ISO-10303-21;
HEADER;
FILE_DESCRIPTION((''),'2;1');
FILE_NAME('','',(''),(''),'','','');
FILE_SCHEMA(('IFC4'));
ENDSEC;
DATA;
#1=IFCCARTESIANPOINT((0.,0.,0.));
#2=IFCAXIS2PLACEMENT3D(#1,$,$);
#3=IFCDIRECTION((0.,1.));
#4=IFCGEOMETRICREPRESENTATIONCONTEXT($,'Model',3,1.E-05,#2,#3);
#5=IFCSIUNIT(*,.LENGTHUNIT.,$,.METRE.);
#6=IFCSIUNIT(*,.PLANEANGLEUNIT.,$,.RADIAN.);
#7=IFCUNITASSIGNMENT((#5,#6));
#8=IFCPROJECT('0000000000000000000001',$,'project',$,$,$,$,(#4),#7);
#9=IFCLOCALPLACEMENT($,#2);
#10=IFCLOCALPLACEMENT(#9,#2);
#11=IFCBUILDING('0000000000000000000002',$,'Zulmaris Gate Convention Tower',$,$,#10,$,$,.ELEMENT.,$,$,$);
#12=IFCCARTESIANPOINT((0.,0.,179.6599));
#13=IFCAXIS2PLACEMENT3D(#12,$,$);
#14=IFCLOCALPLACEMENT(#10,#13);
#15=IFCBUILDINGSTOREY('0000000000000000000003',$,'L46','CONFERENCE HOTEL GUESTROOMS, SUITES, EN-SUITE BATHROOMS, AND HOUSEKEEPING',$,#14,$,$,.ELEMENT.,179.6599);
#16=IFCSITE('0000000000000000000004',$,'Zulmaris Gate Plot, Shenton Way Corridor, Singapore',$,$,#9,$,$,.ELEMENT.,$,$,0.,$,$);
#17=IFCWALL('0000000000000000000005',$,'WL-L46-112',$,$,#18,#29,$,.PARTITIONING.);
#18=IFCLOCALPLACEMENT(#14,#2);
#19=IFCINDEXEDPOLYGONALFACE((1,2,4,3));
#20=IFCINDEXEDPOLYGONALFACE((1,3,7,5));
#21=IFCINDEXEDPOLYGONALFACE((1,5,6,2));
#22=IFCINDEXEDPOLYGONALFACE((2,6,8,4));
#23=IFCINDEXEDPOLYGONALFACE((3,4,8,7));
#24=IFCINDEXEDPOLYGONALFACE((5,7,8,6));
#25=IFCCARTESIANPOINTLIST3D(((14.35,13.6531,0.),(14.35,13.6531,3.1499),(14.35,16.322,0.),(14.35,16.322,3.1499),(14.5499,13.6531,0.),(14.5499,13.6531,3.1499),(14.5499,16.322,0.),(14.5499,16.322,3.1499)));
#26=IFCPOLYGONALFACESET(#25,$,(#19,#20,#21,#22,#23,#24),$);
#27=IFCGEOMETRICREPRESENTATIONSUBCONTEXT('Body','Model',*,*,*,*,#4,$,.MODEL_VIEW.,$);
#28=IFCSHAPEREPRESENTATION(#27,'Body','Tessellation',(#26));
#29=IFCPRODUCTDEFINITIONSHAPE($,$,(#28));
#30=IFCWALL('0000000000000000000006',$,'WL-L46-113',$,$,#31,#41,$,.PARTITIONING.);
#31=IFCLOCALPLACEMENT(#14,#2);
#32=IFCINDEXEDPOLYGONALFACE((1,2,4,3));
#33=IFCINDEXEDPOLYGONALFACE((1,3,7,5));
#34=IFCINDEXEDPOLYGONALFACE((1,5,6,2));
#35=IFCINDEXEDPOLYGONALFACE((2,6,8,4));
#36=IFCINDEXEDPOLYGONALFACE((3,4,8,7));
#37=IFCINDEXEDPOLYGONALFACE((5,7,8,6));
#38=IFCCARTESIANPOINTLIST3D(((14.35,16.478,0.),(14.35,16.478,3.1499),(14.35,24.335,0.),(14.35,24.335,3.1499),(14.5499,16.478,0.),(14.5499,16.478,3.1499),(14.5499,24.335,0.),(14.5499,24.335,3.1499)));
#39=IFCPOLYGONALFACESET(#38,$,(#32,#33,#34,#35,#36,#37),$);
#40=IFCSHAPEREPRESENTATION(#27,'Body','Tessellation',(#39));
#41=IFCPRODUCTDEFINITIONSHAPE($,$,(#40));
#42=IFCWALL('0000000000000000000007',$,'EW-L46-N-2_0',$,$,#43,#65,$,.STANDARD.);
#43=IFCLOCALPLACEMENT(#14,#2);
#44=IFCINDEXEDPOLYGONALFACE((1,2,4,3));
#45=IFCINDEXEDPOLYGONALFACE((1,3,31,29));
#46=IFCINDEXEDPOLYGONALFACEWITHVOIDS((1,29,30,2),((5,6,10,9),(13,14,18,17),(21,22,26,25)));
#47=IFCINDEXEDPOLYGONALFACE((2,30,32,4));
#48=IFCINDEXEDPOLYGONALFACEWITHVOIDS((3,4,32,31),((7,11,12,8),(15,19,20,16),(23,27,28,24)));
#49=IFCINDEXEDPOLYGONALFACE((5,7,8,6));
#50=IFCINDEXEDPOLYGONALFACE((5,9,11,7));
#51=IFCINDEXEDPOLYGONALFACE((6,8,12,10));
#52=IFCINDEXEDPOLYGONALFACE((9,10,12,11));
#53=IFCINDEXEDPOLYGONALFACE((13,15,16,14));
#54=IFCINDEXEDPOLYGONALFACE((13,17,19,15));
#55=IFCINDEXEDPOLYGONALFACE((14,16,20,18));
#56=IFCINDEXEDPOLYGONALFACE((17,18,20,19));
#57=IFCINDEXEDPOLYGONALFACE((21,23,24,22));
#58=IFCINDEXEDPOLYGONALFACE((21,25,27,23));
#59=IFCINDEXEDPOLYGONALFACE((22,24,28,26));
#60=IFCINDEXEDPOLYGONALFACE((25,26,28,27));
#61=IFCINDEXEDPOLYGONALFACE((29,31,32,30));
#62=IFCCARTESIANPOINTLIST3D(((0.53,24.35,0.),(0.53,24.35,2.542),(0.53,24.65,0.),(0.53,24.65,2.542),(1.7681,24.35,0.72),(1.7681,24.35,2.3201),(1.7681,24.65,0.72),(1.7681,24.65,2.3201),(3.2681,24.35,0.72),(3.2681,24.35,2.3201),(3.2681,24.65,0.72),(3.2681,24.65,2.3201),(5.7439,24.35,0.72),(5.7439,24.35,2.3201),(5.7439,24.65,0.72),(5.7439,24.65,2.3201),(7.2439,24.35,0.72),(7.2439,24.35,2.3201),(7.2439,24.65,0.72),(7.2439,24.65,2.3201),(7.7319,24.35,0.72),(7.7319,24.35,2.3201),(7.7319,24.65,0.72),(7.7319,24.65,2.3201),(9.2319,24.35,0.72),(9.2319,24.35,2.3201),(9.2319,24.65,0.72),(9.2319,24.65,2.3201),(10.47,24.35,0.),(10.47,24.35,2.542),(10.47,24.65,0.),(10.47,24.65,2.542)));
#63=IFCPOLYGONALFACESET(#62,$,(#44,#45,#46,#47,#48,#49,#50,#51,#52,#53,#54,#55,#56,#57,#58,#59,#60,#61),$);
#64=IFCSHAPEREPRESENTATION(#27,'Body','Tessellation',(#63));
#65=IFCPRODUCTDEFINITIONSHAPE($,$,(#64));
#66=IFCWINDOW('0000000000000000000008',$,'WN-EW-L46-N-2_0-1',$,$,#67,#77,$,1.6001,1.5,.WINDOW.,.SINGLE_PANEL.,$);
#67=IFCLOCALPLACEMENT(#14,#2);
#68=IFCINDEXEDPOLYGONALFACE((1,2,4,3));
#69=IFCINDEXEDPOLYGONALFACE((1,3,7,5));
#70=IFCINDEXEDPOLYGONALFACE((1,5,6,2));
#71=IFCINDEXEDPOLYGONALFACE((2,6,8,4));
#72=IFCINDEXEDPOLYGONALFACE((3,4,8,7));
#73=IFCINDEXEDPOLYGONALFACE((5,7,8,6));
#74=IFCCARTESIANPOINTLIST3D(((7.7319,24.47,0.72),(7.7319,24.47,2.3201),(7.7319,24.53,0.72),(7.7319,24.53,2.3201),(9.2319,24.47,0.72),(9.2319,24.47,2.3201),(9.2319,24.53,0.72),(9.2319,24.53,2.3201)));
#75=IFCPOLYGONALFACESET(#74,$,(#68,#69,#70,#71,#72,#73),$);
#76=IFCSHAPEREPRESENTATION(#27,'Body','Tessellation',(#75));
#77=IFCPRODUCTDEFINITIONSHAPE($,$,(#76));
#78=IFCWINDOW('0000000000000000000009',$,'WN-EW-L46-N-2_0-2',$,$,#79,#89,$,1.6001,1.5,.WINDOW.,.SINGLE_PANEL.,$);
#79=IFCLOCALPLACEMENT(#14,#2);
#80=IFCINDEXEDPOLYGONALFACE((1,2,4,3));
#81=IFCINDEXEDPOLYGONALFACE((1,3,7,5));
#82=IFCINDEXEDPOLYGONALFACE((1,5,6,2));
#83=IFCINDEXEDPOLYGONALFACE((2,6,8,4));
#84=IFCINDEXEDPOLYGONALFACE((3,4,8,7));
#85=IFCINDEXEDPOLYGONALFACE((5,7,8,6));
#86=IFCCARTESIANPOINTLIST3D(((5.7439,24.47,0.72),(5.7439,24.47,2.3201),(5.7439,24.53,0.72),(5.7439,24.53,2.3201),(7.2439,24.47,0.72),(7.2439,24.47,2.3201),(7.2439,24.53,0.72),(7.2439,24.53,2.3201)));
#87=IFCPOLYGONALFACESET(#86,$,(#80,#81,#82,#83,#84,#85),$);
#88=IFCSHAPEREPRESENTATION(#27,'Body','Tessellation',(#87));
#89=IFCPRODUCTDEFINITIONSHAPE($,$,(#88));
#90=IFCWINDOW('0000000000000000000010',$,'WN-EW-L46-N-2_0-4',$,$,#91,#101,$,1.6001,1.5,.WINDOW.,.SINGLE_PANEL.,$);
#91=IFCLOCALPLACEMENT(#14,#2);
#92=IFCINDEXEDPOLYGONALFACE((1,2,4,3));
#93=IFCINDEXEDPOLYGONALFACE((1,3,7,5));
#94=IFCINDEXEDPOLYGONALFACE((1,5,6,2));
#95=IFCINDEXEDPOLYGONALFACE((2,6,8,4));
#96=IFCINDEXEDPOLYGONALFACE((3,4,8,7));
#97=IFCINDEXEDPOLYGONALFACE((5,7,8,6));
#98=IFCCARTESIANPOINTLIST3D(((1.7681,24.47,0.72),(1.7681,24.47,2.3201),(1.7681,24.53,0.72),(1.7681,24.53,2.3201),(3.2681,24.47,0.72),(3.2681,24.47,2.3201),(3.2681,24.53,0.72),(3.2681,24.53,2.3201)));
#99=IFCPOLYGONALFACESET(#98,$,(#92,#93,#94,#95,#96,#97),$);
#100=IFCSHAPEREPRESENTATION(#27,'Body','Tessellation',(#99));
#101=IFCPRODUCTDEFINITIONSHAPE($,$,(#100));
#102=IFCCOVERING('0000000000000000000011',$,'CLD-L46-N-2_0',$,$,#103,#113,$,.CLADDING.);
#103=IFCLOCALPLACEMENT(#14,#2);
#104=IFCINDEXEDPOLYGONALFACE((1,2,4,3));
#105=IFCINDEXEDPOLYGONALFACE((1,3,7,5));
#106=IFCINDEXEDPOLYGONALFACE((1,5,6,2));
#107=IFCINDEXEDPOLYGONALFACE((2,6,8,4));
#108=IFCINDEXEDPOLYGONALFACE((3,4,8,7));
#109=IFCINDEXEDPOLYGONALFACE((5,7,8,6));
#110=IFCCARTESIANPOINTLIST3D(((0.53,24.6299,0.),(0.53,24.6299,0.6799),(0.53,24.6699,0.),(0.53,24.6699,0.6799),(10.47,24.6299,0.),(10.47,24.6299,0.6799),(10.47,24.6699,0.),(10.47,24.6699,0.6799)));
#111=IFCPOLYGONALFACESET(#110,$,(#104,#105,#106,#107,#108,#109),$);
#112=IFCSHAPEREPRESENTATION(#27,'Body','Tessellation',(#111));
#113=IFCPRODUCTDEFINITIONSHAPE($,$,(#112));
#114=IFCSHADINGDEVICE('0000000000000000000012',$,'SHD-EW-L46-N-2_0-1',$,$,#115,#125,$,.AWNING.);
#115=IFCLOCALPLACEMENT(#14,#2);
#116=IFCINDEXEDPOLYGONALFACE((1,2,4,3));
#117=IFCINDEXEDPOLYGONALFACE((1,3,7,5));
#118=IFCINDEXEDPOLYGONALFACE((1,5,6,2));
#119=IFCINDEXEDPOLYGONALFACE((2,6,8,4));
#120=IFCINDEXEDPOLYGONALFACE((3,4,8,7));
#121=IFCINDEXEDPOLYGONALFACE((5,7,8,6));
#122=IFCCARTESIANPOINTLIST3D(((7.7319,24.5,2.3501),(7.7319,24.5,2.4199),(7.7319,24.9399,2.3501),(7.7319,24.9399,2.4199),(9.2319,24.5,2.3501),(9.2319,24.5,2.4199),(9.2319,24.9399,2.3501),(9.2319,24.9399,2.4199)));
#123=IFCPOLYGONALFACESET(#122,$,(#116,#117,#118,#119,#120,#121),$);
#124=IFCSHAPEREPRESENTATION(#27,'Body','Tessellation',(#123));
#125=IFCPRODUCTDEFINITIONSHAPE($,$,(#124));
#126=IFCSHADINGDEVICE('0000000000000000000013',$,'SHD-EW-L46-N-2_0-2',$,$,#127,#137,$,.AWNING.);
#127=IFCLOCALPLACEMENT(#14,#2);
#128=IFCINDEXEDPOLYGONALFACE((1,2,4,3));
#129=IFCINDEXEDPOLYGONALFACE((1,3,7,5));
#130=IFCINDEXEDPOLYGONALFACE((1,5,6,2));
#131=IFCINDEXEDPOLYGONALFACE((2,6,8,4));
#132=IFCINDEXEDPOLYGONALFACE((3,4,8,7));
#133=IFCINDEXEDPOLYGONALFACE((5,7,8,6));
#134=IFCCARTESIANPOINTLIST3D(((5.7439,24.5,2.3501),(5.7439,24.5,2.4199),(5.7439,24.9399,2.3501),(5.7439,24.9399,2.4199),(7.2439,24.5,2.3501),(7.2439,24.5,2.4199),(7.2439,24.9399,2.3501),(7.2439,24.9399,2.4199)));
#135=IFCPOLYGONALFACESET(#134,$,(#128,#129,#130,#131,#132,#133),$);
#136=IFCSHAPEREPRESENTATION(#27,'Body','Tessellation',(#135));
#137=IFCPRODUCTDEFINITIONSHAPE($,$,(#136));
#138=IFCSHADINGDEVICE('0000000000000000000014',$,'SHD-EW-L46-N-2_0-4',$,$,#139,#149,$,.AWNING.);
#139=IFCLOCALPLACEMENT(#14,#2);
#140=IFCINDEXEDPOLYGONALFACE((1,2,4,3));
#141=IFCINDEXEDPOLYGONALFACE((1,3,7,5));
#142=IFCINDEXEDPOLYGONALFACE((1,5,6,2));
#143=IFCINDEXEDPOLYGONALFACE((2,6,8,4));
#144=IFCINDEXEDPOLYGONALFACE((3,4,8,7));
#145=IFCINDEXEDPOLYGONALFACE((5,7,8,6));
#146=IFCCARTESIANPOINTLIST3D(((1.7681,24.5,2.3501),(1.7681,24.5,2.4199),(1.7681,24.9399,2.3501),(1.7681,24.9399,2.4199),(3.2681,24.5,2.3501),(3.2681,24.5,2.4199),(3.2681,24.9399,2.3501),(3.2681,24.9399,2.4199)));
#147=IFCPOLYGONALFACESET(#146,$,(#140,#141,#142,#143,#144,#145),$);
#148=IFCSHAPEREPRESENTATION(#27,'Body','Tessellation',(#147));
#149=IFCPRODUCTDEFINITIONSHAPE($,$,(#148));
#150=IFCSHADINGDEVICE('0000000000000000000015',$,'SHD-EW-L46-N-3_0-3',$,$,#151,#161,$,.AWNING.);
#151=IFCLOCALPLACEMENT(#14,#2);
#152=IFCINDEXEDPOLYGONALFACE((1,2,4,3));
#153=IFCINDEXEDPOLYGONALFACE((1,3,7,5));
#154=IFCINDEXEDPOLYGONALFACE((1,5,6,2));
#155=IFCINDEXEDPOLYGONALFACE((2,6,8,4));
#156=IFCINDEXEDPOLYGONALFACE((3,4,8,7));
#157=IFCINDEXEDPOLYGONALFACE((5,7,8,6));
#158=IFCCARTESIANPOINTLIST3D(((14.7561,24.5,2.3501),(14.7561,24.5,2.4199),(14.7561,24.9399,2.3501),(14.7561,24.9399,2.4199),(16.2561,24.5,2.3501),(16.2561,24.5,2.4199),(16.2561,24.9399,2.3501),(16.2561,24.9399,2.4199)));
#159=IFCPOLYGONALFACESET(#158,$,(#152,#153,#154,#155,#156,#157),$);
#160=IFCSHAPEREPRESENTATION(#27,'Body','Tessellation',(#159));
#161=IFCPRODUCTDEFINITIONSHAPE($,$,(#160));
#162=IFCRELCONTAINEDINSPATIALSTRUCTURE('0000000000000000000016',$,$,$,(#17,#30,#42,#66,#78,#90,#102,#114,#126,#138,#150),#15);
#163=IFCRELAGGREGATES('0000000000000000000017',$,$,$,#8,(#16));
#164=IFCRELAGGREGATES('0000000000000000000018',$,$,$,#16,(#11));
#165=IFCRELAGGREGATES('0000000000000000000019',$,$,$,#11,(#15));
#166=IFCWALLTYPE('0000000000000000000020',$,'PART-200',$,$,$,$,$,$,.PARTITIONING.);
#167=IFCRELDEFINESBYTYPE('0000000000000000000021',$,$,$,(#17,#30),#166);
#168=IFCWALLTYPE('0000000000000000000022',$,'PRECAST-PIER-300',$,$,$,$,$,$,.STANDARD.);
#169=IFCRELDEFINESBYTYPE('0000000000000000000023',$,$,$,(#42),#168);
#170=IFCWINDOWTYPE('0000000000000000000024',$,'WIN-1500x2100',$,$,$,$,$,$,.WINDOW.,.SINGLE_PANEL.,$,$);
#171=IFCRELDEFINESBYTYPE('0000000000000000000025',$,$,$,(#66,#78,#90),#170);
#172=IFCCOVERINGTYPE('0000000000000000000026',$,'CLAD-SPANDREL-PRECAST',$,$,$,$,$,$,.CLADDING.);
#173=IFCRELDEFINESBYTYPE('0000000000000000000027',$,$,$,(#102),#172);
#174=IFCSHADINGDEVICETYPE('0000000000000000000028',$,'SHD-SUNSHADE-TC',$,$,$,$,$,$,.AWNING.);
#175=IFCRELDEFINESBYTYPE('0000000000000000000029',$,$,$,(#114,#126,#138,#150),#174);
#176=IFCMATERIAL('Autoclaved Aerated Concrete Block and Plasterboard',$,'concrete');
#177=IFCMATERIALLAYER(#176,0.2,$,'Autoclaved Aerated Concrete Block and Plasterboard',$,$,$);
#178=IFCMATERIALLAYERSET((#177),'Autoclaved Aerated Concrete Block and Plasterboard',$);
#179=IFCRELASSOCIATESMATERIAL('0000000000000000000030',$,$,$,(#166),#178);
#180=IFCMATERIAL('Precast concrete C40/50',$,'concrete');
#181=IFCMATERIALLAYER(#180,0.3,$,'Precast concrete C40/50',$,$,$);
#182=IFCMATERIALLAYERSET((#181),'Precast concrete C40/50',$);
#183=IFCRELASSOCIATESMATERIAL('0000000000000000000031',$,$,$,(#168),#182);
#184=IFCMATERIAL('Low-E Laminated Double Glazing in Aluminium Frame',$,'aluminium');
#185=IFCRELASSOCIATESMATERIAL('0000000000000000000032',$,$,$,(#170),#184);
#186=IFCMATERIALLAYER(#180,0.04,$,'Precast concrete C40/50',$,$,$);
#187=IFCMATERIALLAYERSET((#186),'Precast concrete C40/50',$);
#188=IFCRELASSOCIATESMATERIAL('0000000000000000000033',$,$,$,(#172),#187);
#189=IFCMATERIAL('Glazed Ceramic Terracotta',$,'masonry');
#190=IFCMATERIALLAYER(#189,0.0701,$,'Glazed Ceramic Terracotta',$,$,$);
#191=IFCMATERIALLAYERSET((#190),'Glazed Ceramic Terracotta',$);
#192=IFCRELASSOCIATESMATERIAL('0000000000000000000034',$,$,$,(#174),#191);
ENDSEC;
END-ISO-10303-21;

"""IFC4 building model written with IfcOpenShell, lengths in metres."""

from ifc_helpers import new_model, si_unit, direction, frame, frame_2d, origin, place, context, subcontext, project, spatial, rectangle, extrude, material, layer, layer_set, type_object, element, fill, save


model = new_model("IFC4")

# Units and contexts
model_context = context("Model", 3, precision=1e-05, world=origin(), true_north=direction((0.0, 1.0)))
body_context = subcontext(model_context, "Body", "Model", "MODEL_VIEW")
ifc_project = project(units=[si_unit("LENGTHUNIT", "METRE"), si_unit("PLANEANGLEUNIT", "RADIAN")], contexts=[model_context])

# Site, building, storey
site_placement = place(None, origin())
site = spatial("IfcSite", under=ifc_project, at=site_placement, Name="Zulmaris Gate Plot, Shenton Way Corridor, Singapore", CompositionType="ELEMENT", RefElevation=0.0)
building_placement = place(site_placement, origin())
building = spatial("IfcBuilding", under=site, at=building_placement, Name="Zulmaris Gate Convention Tower", CompositionType="ELEMENT")
storey_placement = place(building_placement, frame((0.0, 0.0, 179.6599)))
storey = spatial("IfcBuildingStorey", under=building, at=storey_placement, Name="L46", Description="CONFERENCE HOTEL GUESTROOMS, SUITES, EN-SUITE BATHROOMS, AND HOUSEKEEPING", CompositionType="ELEMENT", Elevation=179.6599)

# Walls
ifc_material_1 = material(Name="Autoclaved Aerated Concrete Block and Plasterboard", Category="concrete")
ifc_layer_1 = layer(ifc_material_1, 0.2, Name="Autoclaved Aerated Concrete Block and Plasterboard")
ifc_layer_set_1 = layer_set([ifc_layer_1], Name="Autoclaved Aerated Concrete Block and Plasterboard")
wall_type_1 = type_object("IfcWallType", Name="PART-200", PredefinedType="PARTITIONING", material=ifc_layer_set_1)
wall_1_placement = place(storey_placement, frame((14.45, 13.6531, 0.0), z_axis=(0.0, 0.0, 1.0), x_axis=(0.0, 1.0, 0.0)))
element("IfcWall", 1, at=wall_1_placement, inside=storey, type_object=wall_type_1, Name="WL-L46-112", PredefinedType="PARTITIONING", context=body_context, shape_type="SweptSolid", body=[
    extrude(rectangle(XDim=2.6689, YDim=0.2, at=frame_2d((1.3345, 0.0))), origin(), (0.0, 0.0, 1.0), 3.1499),
])
wall_2_placement = place(storey_placement, frame((14.45, 16.478, 0.0), z_axis=(0.0, 0.0, 1.0), x_axis=(0.0, 1.0, 0.0)))
element("IfcWall", 2, at=wall_2_placement, inside=storey, type_object=wall_type_1, Name="WL-L46-113", PredefinedType="PARTITIONING", context=body_context, shape_type="SweptSolid", body=[
    extrude(rectangle(XDim=7.8569, YDim=0.2, at=frame_2d((3.9285, 0.0))), origin(), (0.0, 0.0, 1.0), 3.1499),
])

# Wall, openings, windows
ifc_material_2 = material(Name="Precast concrete C40/50", Category="concrete")
ifc_layer_2 = layer(ifc_material_2, 0.3, Name="Precast concrete C40/50")
ifc_layer_set_2 = layer_set([ifc_layer_2], Name="Precast concrete C40/50")
wall_type_2 = type_object("IfcWallType", Name="PRECAST-PIER-300", PredefinedType="STANDARD", material=ifc_layer_set_2)
wall_3_placement = place(storey_placement, frame((10.47, 24.5, 0.0), z_axis=(0.0, 0.0, 1.0), x_axis=(-1.0, 0.0, 0.0)))
wall_3 = element("IfcWall", 3, at=wall_3_placement, inside=storey, type_object=wall_type_2, Name="EW-L46-N-2_0", PredefinedType="STANDARD", context=body_context, shape_type="SweptSolid", body=[
    extrude(rectangle(XDim=9.9399, YDim=0.3, at=frame_2d((4.97, 0.0))), origin(), (0.0, 0.0, 1.0), 2.542),
])
opening_1_placement = place(wall_3_placement, frame((1.238, 0.0, 0.72)))
opening_1 = element("IfcOpeningElement", 4, at=opening_1_placement, cuts=wall_3, PredefinedType="OPENING", context=body_context, shape_type="SweptSolid", body=[
    extrude(rectangle(XDim=1.5, YDim=1.6001, at=frame_2d((0.75, 0.8))), frame((0.0, 0.1602, 0.0), z_axis=(0.0, -1.0, 0.0), x_axis=(1.0, 0.0, 0.0)), (0.0, 0.0, 1.0), 0.3201),
])
opening_2_placement = place(wall_3_placement, frame((3.2261, 0.0, 0.72)))
opening_2 = element("IfcOpeningElement", 5, at=opening_2_placement, cuts=wall_3, PredefinedType="OPENING", context=body_context, shape_type="SweptSolid", body=[
    extrude(rectangle(XDim=1.5, YDim=1.6001, at=frame_2d((0.75, 0.8))), frame((0.0, 0.1602, 0.0), z_axis=(0.0, -1.0, 0.0), x_axis=(1.0, 0.0, 0.0)), (0.0, 0.0, 1.0), 0.3201),
])
opening_3_placement = place(wall_3_placement, frame((7.2019, 0.0, 0.72)))
opening_3 = element("IfcOpeningElement", 6, at=opening_3_placement, cuts=wall_3, PredefinedType="OPENING", context=body_context, shape_type="SweptSolid", body=[
    extrude(rectangle(XDim=1.5, YDim=1.6001, at=frame_2d((0.75, 0.8))), frame((0.0, 0.1602, 0.0), z_axis=(0.0, -1.0, 0.0), x_axis=(1.0, 0.0, 0.0)), (0.0, 0.0, 1.0), 0.3201),
])
ifc_material_3 = material(Name="Low-E Laminated Double Glazing in Aluminium Frame", Category="aluminium")
window_type = type_object("IfcWindowType", Name="WIN-1500x2100", PartitioningType="SINGLE_PANEL", PredefinedType="WINDOW", material=ifc_material_3)
window_1_placement = place(opening_1_placement, origin())
window_1 = element("IfcWindow", 7, at=window_1_placement, inside=storey, type_object=window_type, Name="WN-EW-L46-N-2_0-1", OverallHeight=1.6001, OverallWidth=1.5, PartitioningType="SINGLE_PANEL", PredefinedType="WINDOW", context=body_context, shape_type="SweptSolid", body=[
    extrude(rectangle(XDim=1.5, YDim=1.6001, at=frame_2d((0.75, 0.8))), frame((0.0, 0.03, 0.0), z_axis=(0.0, -1.0, 0.0), x_axis=(1.0, 0.0, 0.0)), (0.0, 0.0, 1.0), 0.0601),
])
fill(opening_1, window_1)
window_2_placement = place(opening_2_placement, origin())
window_2 = element("IfcWindow", 8, at=window_2_placement, inside=storey, type_object=window_type, Name="WN-EW-L46-N-2_0-2", OverallHeight=1.6001, OverallWidth=1.5, PartitioningType="SINGLE_PANEL", PredefinedType="WINDOW", context=body_context, shape_type="SweptSolid", body=[
    extrude(rectangle(XDim=1.5, YDim=1.6001, at=frame_2d((0.75, 0.8))), frame((0.0, 0.03, 0.0), z_axis=(0.0, -1.0, 0.0), x_axis=(1.0, 0.0, 0.0)), (0.0, 0.0, 1.0), 0.0601),
])
fill(opening_2, window_2)
window_3_placement = place(opening_3_placement, origin())
window_3 = element("IfcWindow", 9, at=window_3_placement, inside=storey, type_object=window_type, Name="WN-EW-L46-N-2_0-4", OverallHeight=1.6001, OverallWidth=1.5, PartitioningType="SINGLE_PANEL", PredefinedType="WINDOW", context=body_context, shape_type="SweptSolid", body=[
    extrude(rectangle(XDim=1.5, YDim=1.6001, at=frame_2d((0.75, 0.8))), frame((0.0, 0.03, 0.0), z_axis=(0.0, -1.0, 0.0), x_axis=(1.0, 0.0, 0.0)), (0.0, 0.0, 1.0), 0.0601),
])
fill(opening_3, window_3)

# Covering
ifc_layer_3 = layer(ifc_material_2, 0.04, Name="Precast concrete C40/50")
ifc_layer_set_3 = layer_set([ifc_layer_3], Name="Precast concrete C40/50")
covering_type = type_object("IfcCoveringType", Name="CLAD-SPANDREL-PRECAST", PredefinedType="CLADDING", material=ifc_layer_set_3)
covering_placement = place(storey_placement, frame((10.47, 24.6499, 0.0), z_axis=(0.0, 0.0, 1.0), x_axis=(-1.0, 0.0, 0.0)))
element("IfcCovering", 10, at=covering_placement, inside=storey, type_object=covering_type, Name="CLD-L46-N-2_0", PredefinedType="CLADDING", context=body_context, shape_type="SweptSolid", body=[
    extrude(rectangle(XDim=9.9399, YDim=0.04, at=frame_2d((4.97, 0.0))), origin(), (0.0, 0.0, 1.0), 0.6799),
])

# Shading devices
ifc_material_4 = material(Name="Glazed Ceramic Terracotta", Category="masonry")
ifc_layer_4 = layer(ifc_material_4, 0.0701, Name="Glazed Ceramic Terracotta")
ifc_layer_set_4 = layer_set([ifc_layer_4], Name="Glazed Ceramic Terracotta")
shading_device_type = type_object("IfcShadingDeviceType", Name="SHD-SUNSHADE-TC", PredefinedType="AWNING", material=ifc_layer_set_4)
for number, where, z_axis, x_axis, name in (
    (11, (9.2319, 24.72, 2.3501), (0.0, 0.0, 1.0), (-1.0, 0.0, 0.0), "SHD-EW-L46-N-2_0-1"),
    (12, (7.2439, 24.72, 2.3501), (0.0, 0.0, 1.0), (-1.0, 0.0, 0.0), "SHD-EW-L46-N-2_0-2"),
    (13, (3.2681, 24.72, 2.3501), (0.0, 0.0, 1.0), (-1.0, 0.0, 0.0), "SHD-EW-L46-N-2_0-4"),
    (14, (16.2561, 24.72, 2.3501), (0.0, 0.0, 1.0), (-1.0, 0.0, 0.0), "SHD-EW-L46-N-3_0-3"),
):
    element("IfcShadingDevice", number, at=place(storey_placement, frame(where, z_axis=z_axis, x_axis=x_axis)), inside=storey, type_object=shading_device_type, Name=name, PredefinedType="AWNING", context=body_context, shape_type="SweptSolid", body=[
        extrude(rectangle(XDim=1.5, YDim=0.4399, at=frame_2d((0.75, 0.0))), origin(), (0.0, 0.0, 1.0), 0.0698),
    ])

save(model, "model.ifc")
